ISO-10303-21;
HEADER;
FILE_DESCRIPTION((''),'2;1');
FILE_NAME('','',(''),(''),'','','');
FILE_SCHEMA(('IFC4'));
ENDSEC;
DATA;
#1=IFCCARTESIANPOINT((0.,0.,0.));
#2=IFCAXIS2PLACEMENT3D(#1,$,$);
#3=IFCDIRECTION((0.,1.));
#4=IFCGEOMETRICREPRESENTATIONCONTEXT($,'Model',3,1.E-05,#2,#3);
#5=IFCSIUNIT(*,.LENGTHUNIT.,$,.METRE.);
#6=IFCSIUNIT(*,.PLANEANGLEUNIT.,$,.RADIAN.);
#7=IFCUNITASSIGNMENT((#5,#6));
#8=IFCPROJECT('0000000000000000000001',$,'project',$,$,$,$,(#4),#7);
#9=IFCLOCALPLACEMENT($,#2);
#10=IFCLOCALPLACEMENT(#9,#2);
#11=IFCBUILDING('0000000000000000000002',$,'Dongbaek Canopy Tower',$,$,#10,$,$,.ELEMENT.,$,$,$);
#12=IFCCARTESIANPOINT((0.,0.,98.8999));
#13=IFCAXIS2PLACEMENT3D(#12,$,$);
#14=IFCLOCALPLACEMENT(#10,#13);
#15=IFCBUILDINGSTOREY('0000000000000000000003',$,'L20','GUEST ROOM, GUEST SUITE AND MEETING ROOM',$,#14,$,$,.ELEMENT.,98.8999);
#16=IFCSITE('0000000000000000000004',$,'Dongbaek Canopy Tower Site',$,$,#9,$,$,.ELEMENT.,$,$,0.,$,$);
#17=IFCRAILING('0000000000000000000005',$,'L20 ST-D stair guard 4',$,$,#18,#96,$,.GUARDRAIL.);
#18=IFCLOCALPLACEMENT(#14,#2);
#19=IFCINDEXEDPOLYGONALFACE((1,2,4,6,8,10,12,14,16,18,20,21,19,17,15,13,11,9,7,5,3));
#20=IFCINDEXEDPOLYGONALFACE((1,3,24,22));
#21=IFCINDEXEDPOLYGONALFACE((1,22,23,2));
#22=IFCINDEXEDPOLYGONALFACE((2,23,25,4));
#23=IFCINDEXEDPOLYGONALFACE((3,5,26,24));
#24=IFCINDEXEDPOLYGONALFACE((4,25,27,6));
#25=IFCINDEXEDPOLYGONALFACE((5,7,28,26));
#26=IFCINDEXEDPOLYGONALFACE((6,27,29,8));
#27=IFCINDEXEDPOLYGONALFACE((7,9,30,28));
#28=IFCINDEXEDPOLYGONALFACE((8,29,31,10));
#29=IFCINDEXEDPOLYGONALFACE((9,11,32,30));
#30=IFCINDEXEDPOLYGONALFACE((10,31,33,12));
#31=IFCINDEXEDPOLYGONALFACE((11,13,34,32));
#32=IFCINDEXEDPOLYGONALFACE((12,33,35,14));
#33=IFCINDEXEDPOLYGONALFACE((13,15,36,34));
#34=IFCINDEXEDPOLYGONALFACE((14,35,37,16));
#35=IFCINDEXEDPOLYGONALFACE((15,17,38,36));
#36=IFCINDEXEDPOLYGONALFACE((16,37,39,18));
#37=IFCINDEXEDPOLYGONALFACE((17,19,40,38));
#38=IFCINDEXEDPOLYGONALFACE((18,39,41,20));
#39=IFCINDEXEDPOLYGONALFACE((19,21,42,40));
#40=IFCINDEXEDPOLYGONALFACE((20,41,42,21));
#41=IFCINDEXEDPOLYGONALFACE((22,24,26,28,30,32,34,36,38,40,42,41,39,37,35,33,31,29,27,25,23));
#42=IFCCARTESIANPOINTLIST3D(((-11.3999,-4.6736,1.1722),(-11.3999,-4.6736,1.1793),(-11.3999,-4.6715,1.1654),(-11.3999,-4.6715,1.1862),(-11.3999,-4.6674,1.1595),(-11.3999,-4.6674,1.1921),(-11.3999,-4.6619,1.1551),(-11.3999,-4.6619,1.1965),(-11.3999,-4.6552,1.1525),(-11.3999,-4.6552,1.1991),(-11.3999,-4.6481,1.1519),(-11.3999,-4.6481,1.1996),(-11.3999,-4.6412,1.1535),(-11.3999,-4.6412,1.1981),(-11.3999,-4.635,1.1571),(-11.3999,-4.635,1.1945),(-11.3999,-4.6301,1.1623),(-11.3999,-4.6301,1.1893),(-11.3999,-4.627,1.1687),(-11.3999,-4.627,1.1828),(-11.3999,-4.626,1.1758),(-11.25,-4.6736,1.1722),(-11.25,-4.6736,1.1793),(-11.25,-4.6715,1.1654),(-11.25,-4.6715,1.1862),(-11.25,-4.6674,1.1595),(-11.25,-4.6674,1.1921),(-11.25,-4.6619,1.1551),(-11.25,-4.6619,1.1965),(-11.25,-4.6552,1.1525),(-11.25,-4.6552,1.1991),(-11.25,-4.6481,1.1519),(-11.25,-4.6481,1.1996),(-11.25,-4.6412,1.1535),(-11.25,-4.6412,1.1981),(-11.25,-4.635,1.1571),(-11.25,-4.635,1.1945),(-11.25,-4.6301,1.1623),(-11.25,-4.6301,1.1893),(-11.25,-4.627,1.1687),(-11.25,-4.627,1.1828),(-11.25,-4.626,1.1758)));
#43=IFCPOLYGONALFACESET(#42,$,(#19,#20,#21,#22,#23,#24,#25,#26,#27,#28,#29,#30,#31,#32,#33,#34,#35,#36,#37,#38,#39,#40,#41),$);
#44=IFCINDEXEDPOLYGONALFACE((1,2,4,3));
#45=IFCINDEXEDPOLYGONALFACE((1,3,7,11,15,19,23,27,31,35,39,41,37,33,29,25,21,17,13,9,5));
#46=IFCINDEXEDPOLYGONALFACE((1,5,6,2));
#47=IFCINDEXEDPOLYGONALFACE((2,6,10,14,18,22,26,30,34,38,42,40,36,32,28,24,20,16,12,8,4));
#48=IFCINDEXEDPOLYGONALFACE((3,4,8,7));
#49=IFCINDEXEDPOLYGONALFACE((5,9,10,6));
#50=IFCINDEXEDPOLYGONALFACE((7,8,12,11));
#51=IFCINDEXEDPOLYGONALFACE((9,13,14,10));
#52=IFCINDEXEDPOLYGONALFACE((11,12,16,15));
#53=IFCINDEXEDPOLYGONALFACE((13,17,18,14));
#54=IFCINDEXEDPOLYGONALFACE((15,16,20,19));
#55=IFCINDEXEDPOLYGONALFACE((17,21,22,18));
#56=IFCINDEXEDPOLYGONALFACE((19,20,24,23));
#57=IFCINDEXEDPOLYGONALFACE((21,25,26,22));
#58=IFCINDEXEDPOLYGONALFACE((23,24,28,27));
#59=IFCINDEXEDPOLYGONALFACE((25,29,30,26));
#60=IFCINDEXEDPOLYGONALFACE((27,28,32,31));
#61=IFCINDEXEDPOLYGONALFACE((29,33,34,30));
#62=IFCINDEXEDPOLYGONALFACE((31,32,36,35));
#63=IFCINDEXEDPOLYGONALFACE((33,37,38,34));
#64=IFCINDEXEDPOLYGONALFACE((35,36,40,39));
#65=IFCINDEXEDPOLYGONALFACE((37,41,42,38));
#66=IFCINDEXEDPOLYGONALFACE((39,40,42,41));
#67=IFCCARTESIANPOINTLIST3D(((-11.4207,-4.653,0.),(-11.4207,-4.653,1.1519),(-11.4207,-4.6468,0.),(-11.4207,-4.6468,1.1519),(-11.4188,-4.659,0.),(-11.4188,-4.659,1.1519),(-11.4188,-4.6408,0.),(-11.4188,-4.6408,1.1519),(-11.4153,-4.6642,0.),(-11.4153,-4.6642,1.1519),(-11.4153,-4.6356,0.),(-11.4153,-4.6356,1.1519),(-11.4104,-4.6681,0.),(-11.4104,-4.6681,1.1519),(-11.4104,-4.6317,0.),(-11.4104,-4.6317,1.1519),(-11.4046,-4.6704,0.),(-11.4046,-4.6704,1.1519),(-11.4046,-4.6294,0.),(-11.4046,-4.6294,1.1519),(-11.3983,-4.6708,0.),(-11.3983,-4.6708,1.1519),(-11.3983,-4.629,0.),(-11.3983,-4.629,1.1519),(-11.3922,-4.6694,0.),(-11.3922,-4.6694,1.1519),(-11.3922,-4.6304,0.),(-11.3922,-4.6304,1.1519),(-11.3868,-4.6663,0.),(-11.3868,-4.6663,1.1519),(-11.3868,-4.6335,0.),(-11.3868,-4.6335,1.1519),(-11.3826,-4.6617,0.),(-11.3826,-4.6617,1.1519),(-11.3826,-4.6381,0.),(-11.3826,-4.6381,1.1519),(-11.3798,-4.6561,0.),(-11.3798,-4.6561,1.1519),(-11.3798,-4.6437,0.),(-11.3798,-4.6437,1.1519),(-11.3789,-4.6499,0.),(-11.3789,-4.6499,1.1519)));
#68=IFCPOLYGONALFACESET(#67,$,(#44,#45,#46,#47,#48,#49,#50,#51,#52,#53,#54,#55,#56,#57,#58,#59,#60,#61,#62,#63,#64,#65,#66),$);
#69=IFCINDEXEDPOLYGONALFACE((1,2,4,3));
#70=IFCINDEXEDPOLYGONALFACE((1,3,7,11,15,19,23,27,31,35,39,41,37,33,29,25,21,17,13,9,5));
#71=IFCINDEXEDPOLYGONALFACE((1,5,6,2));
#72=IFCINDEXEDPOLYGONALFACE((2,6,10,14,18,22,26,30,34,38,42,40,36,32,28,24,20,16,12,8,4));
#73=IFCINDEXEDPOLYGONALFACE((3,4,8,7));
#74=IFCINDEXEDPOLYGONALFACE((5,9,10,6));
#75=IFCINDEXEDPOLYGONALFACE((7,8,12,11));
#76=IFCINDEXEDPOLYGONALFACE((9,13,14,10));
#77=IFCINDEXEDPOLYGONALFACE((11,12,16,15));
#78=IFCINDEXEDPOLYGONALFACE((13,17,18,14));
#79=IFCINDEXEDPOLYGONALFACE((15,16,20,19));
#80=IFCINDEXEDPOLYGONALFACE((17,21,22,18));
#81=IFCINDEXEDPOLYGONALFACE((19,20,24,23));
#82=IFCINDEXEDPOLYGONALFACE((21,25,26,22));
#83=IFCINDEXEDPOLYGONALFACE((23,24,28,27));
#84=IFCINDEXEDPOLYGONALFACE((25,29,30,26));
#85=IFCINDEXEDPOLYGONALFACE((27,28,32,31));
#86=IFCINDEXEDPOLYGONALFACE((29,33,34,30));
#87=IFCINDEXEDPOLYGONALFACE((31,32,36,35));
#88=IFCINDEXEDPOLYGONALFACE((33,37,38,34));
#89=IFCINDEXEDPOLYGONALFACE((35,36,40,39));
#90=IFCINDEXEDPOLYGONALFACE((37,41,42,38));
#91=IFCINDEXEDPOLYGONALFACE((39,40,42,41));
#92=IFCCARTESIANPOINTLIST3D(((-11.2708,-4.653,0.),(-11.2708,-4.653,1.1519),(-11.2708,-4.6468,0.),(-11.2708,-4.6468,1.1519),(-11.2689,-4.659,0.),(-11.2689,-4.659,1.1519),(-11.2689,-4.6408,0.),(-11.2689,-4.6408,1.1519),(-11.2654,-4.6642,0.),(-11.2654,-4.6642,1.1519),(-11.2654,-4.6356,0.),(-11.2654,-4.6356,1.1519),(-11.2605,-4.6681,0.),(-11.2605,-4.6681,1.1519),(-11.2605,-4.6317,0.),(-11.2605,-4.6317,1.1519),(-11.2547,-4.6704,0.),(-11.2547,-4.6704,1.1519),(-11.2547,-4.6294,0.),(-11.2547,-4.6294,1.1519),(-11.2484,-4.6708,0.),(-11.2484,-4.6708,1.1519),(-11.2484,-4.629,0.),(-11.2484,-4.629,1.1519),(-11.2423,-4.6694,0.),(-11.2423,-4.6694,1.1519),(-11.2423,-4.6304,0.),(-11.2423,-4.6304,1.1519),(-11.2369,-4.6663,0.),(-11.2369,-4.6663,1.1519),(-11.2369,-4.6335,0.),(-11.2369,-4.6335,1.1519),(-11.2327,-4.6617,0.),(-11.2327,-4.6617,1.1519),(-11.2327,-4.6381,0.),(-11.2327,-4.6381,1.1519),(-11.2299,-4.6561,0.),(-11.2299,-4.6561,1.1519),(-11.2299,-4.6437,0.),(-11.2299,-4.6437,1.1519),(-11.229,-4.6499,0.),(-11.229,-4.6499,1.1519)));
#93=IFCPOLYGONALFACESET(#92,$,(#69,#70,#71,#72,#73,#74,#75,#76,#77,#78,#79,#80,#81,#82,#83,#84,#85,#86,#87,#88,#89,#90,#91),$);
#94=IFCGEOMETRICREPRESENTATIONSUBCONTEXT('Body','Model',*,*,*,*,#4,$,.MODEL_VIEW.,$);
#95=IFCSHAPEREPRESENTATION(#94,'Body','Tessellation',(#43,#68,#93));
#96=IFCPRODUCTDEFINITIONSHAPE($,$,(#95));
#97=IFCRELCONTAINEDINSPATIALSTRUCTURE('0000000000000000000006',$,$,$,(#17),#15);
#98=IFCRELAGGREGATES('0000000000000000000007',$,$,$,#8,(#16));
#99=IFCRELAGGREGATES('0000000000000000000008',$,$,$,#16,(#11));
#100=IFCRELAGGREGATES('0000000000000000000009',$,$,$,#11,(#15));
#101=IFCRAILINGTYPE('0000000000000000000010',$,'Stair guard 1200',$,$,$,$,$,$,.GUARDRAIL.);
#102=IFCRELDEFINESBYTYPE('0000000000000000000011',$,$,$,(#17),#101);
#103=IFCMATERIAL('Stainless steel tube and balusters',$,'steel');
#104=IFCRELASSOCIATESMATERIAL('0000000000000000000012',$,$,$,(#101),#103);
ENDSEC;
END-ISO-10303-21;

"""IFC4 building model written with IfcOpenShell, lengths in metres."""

from ifc_helpers import new_model, si_unit, direction, frame, origin, origin_2d, place, context, subcontext, project, spatial, circle, extrude, material, type_object, element, save


model = new_model("IFC4")

# Units and contexts
model_context = context("Model", 3, precision=1e-05, world=origin(), true_north=direction((0.0, 1.0)))
body_context = subcontext(model_context, "Body", "Model", "MODEL_VIEW")
ifc_project = project(units=[si_unit("LENGTHUNIT", "METRE"), si_unit("PLANEANGLEUNIT", "RADIAN")], contexts=[model_context])

# Site, building, storey
site_placement = place(None, origin())
site = spatial("IfcSite", under=ifc_project, at=site_placement, Name="Dongbaek Canopy Tower Site", CompositionType="ELEMENT", RefElevation=0.0)
building_placement = place(site_placement, origin())
building = spatial("IfcBuilding", under=site, at=building_placement, Name="Dongbaek Canopy Tower", CompositionType="ELEMENT")
storey_placement = place(building_placement, frame((0.0, 0.0, 98.8999)))
storey = spatial("IfcBuildingStorey", under=building, at=storey_placement, Name="L20", Description="GUEST ROOM, GUEST SUITE AND MEETING ROOM", CompositionType="ELEMENT", Elevation=98.8999)

# Railing
ifc_material_1 = material(Name="Stainless steel tube and balusters", Category="steel")
railing_type_1 = type_object("IfcRailingType", Name="Stair guard 1200", PredefinedType="GUARDRAIL", material=ifc_material_1)
railing_1_placement = place(storey_placement, frame((-11.3999, -4.6499, 0.0)))
element("IfcRailing", 1, at=railing_1_placement, inside=storey, type_object=railing_type_1, Name="L20 ST-D stair guard 4", PredefinedType="GUARDRAIL", context=body_context, shape_type="SweptSolid", body=[
    extrude(circle(Radius=0.0239, at=origin_2d()), frame((0.0, 0.0, 1.1758), z_axis=(1.0, 0.0, 0.0), x_axis=(0.0, 1.0, 0.0)), (0.0, 0.0, 1.0), 0.1499),
    extrude(circle(Radius=0.021, at=origin_2d()), origin(), (0.0, 0.0, 1.0), 1.1519),
    extrude(circle(Radius=0.021, at=origin_2d()), frame((0.1499, 0.0, 0.0)), (0.0, 0.0, 1.0), 1.1519),
])

save(model, "model.ifc")
